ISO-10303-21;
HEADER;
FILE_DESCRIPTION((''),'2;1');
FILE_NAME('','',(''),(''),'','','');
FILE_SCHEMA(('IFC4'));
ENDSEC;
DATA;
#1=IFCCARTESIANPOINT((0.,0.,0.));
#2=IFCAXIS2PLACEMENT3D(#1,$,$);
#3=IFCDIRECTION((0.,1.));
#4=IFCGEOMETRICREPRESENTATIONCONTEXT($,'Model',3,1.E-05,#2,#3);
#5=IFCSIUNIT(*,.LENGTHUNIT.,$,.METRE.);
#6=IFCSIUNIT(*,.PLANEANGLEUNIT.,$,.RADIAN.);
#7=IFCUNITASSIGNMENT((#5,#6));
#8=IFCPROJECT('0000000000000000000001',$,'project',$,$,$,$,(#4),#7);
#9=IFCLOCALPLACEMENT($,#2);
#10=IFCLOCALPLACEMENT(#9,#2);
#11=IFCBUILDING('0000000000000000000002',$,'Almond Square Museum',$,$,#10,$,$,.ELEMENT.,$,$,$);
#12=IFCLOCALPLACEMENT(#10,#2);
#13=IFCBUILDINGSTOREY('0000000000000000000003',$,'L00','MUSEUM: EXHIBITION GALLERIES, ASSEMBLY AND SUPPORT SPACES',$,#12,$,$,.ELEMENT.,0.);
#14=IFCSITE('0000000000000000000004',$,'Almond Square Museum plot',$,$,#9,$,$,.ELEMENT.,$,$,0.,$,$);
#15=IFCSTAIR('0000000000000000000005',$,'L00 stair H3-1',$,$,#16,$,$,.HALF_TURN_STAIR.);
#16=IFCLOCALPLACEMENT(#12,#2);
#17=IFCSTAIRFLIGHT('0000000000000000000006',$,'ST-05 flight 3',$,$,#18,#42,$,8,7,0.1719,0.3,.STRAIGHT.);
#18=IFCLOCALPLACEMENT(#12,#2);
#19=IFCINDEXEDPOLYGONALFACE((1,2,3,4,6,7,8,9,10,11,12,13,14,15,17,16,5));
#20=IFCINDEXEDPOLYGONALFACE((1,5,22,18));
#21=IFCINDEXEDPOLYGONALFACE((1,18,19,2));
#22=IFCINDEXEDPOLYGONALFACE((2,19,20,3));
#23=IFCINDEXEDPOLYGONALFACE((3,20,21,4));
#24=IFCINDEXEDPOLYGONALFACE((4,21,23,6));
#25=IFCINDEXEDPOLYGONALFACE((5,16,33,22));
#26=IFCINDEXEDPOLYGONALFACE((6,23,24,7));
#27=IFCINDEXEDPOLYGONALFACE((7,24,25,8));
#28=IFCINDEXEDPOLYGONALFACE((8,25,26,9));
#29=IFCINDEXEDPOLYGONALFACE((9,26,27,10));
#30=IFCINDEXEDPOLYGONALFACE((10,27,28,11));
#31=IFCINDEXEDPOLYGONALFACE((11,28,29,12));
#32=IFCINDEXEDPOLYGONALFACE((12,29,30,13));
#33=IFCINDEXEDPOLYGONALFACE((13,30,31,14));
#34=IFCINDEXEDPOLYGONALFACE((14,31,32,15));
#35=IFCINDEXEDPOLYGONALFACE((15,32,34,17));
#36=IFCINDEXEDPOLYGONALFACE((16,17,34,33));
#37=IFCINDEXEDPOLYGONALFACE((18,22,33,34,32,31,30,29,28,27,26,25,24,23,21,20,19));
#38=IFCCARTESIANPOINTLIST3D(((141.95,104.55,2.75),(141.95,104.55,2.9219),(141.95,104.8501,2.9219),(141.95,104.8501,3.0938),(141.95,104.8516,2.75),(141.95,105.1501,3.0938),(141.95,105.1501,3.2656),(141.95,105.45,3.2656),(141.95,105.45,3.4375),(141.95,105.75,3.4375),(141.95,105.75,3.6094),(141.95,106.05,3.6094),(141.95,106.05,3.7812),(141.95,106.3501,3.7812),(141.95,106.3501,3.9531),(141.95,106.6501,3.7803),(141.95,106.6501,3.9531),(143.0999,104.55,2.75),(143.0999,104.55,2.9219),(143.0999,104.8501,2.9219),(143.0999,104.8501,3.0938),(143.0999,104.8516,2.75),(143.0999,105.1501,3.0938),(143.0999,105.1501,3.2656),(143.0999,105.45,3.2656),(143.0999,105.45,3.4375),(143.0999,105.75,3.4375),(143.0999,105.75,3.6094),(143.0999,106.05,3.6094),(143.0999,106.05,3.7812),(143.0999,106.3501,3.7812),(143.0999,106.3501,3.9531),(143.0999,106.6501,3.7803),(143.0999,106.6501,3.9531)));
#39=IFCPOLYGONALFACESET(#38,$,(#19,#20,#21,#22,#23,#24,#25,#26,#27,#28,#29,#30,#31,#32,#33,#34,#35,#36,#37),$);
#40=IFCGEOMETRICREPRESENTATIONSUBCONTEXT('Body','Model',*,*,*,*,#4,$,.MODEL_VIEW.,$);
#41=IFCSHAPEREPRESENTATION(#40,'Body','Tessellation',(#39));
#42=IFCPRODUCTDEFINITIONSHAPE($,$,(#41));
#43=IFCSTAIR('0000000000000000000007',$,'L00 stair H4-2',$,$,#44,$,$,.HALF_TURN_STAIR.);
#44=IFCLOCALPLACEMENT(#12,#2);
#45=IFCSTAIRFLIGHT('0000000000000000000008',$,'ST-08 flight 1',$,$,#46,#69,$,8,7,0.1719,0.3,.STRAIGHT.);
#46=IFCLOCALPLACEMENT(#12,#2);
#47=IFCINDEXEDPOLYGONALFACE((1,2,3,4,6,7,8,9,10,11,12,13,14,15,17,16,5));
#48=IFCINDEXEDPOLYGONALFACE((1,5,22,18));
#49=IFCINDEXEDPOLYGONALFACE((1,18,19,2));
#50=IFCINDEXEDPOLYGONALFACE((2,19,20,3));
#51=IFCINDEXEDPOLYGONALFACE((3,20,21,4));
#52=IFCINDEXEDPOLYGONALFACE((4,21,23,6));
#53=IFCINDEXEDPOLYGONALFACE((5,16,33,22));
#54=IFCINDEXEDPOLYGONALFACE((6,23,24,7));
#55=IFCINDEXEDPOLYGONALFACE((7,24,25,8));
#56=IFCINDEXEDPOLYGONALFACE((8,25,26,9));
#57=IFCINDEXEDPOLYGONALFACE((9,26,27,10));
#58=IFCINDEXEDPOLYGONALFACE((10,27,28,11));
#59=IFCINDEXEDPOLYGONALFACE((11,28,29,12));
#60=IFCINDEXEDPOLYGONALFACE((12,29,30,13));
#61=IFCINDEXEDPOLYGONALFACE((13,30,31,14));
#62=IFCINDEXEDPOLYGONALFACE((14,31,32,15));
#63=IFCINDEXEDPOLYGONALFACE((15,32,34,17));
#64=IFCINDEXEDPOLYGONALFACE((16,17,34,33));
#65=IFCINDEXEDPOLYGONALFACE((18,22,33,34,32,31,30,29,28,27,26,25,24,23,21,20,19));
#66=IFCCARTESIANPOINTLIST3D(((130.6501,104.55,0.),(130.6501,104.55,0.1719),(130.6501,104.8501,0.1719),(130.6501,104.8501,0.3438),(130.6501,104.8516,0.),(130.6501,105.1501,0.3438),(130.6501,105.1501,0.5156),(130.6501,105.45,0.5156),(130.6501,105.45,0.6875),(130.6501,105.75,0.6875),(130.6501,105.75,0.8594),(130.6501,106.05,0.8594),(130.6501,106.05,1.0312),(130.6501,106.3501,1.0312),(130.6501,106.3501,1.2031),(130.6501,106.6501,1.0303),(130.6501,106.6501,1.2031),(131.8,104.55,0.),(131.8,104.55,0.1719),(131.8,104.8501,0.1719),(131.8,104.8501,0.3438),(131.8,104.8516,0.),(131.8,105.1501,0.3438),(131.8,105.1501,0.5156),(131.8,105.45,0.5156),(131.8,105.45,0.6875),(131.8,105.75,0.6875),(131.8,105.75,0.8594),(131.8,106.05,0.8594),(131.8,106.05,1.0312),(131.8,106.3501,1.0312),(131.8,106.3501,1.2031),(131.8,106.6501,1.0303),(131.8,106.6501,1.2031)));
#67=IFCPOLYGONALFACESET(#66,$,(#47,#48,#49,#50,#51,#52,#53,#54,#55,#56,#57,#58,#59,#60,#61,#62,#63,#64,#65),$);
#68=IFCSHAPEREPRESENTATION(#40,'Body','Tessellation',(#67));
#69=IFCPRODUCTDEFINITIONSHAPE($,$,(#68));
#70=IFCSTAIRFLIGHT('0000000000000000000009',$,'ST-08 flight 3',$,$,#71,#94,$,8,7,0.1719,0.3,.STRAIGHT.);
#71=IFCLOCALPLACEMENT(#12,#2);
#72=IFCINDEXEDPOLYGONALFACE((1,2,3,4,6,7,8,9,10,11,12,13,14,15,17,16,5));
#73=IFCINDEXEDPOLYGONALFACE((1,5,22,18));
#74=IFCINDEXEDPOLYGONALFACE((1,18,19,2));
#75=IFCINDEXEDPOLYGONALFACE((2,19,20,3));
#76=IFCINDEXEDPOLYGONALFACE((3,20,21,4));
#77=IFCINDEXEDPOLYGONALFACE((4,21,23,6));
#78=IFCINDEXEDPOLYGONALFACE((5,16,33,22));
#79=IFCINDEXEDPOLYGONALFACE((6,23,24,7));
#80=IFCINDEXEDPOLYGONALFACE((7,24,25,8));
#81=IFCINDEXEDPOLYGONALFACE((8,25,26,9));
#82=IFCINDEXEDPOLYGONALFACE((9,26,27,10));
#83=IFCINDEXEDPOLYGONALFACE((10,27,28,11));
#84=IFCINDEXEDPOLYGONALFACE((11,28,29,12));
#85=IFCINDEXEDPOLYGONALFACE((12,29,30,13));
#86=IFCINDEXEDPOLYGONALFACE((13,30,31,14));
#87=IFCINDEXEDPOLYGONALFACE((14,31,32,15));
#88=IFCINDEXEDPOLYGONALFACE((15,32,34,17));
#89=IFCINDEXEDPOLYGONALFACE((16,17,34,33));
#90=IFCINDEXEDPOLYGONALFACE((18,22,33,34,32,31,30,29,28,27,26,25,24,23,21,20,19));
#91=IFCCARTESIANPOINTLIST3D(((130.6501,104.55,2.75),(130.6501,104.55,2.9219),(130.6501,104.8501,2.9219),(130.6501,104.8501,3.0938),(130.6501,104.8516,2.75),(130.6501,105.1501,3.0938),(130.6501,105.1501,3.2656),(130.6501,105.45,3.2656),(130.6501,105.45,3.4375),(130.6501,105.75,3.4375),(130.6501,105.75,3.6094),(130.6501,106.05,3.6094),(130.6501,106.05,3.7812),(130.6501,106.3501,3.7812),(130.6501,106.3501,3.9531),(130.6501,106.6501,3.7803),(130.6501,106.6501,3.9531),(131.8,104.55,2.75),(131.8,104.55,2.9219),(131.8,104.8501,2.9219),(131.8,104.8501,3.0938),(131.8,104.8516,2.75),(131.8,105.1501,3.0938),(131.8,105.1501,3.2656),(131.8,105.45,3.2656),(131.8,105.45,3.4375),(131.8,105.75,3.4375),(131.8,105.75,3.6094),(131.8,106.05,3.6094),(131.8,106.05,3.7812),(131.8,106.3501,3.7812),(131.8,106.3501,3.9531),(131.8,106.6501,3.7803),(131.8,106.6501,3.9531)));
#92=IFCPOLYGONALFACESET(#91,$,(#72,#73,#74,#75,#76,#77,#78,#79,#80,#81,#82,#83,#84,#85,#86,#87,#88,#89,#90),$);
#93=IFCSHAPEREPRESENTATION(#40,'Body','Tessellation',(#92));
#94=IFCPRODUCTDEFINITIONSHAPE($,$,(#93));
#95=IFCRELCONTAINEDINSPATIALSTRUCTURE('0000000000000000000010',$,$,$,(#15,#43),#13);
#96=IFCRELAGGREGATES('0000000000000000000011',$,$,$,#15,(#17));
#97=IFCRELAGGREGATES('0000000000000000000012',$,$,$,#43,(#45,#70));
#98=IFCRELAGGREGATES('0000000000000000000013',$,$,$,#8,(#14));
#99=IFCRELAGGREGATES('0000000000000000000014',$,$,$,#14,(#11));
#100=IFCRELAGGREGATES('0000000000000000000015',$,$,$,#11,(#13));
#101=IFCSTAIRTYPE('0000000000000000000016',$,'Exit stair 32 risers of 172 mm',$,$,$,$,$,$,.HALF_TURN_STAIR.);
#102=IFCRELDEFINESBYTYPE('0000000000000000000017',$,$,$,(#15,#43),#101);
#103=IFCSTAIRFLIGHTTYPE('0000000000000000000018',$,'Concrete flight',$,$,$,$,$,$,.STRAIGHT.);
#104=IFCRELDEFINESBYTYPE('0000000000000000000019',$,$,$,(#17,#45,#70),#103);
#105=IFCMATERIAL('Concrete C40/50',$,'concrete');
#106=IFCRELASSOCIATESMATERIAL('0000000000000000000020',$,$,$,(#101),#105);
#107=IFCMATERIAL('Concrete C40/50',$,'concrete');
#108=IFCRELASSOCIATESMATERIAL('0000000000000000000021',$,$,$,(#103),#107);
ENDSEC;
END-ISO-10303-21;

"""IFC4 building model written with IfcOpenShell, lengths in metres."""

from ifc_helpers import new_model, si_unit, direction, frame, origin, place, context, subcontext, project, spatial, polyline, outline, extrude, material, type_object, element, aggregate, save


model = new_model("IFC4")

# Units and contexts
model_context = context("Model", 3, precision=1e-05, world=origin(), true_north=direction((0.0, 1.0)))
body_context = subcontext(model_context, "Body", "Model", "MODEL_VIEW")
ifc_project = project(units=[si_unit("LENGTHUNIT", "METRE"), si_unit("PLANEANGLEUNIT", "RADIAN")], contexts=[model_context])

# Site, building, storey
site_placement = place(None, origin())
site = spatial("IfcSite", under=ifc_project, at=site_placement, Name="Almond Square Museum plot", CompositionType="ELEMENT", RefElevation=0.0)
building_placement = place(site_placement, origin())
building = spatial("IfcBuilding", under=site, at=building_placement, Name="Almond Square Museum", CompositionType="ELEMENT")
storey_placement = place(building_placement, origin())
storey = spatial("IfcBuildingStorey", under=building, at=storey_placement, Name="L00", Description="MUSEUM: EXHIBITION GALLERIES, ASSEMBLY AND SUPPORT SPACES", CompositionType="ELEMENT", Elevation=0.0)

# Stairs, stair flights
ifc_material_1 = material(Name="Concrete C40/50", Category="concrete")
stair_type = type_object("IfcStairType", Name="Exit stair 32 risers of 172 mm", PredefinedType="HALF_TURN_STAIR", material=ifc_material_1)
stair_1_placement = place(storey_placement, origin())
stair_1 = element("IfcStair", 1, at=stair_1_placement, inside=storey, type_object=stair_type, Name="L00 stair H3-1", PredefinedType="HALF_TURN_STAIR")
ifc_material_2 = material(Name="Concrete C40/50", Category="concrete")
stair_flight_type = type_object("IfcStairFlightType", Name="Concrete flight", PredefinedType="STRAIGHT", material=ifc_material_2)
stair_flight_1_placement = place(storey_placement, frame((142.5249, 104.55, 2.75), z_axis=(0.0, 0.0, 1.0), x_axis=(0.0, 1.0, 0.0)))
stair_flight_1 = element("IfcStairFlight", 2, at=stair_flight_1_placement, type_object=stair_flight_type, Name="ST-05 flight 3", NumberOfRisers=8, NumberOfTreads=7, PredefinedType="STRAIGHT", RiserHeight=0.1719, TreadLength=0.3, context=body_context, shape_type="SweptSolid", body=[
    extrude(outline(polyline([(0.0, 0.0), (0.0, 0.1719), (0.3, 0.1719), (0.3, 0.3438), (0.6001, 0.3438), (0.6001, 0.5156), (0.8999, 0.5156), (0.8999, 0.6875), (1.2, 0.6875), (1.2, 0.8594), (1.5, 0.8594), (1.5, 1.0312), (1.8, 1.0312), (1.8, 1.2031), (2.1001, 1.2031), (2.1001, 1.375), (2.1001, 1.0303), (0.3015, 0.0), (0.0, 0.0)])), frame((0.0, 0.575, 0.0), z_axis=(0.0, -1.0, 0.0), x_axis=(1.0, 0.0, 0.0)), (0.0, 0.0, 1.0), 1.1499),
])
aggregate(stair_1, [stair_flight_1])
stair_2_placement = place(storey_placement, origin())
stair_2 = element("IfcStair", 3, at=stair_2_placement, inside=storey, type_object=stair_type, Name="L00 stair H4-2", PredefinedType="HALF_TURN_STAIR")
stair_flight_2_placement = place(storey_placement, frame((131.2251, 104.55, 0.0), z_axis=(0.0, 0.0, 1.0), x_axis=(0.0, 1.0, 0.0)))
stair_flight_2 = element("IfcStairFlight", 4, at=stair_flight_2_placement, type_object=stair_flight_type, Name="ST-08 flight 1", NumberOfRisers=8, NumberOfTreads=7, PredefinedType="STRAIGHT", RiserHeight=0.1719, TreadLength=0.3, context=body_context, shape_type="SweptSolid", body=[
    extrude(outline(polyline([(0.0, 0.0), (0.0, 0.1719), (0.3, 0.1719), (0.3, 0.3438), (0.6001, 0.3438), (0.6001, 0.5156), (0.8999, 0.5156), (0.8999, 0.6875), (1.2, 0.6875), (1.2, 0.8594), (1.5, 0.8594), (1.5, 1.0312), (1.8, 1.0312), (1.8, 1.2031), (2.1001, 1.2031), (2.1001, 1.375), (2.1001, 1.0303), (0.3015, 0.0), (0.0, 0.0)])), frame((0.0, 0.575, 0.0), z_axis=(0.0, -1.0, 0.0), x_axis=(1.0, 0.0, 0.0)), (0.0, 0.0, 1.0), 1.1499),
])
stair_flight_3_placement = place(storey_placement, frame((131.2251, 104.55, 2.75), z_axis=(0.0, 0.0, 1.0), x_axis=(0.0, 1.0, 0.0)))
stair_flight_3 = element("IfcStairFlight", 5, at=stair_flight_3_placement, type_object=stair_flight_type, Name="ST-08 flight 3", NumberOfRisers=8, NumberOfTreads=7, PredefinedType="STRAIGHT", RiserHeight=0.1719, TreadLength=0.3, context=body_context, shape_type="SweptSolid", body=[
    extrude(outline(polyline([(0.0, 0.0), (0.0, 0.1719), (0.3, 0.1719), (0.3, 0.3438), (0.6001, 0.3438), (0.6001, 0.5156), (0.8999, 0.5156), (0.8999, 0.6875), (1.2, 0.6875), (1.2, 0.8594), (1.5, 0.8594), (1.5, 1.0312), (1.8, 1.0312), (1.8, 1.2031), (2.1001, 1.2031), (2.1001, 1.375), (2.1001, 1.0303), (0.3015, 0.0), (0.0, 0.0)])), frame((0.0, 0.575, 0.0), z_axis=(0.0, -1.0, 0.0), x_axis=(1.0, 0.0, 0.0)), (0.0, 0.0, 1.0), 1.1499),
])
aggregate(stair_2, [stair_flight_2, stair_flight_3])

save(model, "model.ifc")
